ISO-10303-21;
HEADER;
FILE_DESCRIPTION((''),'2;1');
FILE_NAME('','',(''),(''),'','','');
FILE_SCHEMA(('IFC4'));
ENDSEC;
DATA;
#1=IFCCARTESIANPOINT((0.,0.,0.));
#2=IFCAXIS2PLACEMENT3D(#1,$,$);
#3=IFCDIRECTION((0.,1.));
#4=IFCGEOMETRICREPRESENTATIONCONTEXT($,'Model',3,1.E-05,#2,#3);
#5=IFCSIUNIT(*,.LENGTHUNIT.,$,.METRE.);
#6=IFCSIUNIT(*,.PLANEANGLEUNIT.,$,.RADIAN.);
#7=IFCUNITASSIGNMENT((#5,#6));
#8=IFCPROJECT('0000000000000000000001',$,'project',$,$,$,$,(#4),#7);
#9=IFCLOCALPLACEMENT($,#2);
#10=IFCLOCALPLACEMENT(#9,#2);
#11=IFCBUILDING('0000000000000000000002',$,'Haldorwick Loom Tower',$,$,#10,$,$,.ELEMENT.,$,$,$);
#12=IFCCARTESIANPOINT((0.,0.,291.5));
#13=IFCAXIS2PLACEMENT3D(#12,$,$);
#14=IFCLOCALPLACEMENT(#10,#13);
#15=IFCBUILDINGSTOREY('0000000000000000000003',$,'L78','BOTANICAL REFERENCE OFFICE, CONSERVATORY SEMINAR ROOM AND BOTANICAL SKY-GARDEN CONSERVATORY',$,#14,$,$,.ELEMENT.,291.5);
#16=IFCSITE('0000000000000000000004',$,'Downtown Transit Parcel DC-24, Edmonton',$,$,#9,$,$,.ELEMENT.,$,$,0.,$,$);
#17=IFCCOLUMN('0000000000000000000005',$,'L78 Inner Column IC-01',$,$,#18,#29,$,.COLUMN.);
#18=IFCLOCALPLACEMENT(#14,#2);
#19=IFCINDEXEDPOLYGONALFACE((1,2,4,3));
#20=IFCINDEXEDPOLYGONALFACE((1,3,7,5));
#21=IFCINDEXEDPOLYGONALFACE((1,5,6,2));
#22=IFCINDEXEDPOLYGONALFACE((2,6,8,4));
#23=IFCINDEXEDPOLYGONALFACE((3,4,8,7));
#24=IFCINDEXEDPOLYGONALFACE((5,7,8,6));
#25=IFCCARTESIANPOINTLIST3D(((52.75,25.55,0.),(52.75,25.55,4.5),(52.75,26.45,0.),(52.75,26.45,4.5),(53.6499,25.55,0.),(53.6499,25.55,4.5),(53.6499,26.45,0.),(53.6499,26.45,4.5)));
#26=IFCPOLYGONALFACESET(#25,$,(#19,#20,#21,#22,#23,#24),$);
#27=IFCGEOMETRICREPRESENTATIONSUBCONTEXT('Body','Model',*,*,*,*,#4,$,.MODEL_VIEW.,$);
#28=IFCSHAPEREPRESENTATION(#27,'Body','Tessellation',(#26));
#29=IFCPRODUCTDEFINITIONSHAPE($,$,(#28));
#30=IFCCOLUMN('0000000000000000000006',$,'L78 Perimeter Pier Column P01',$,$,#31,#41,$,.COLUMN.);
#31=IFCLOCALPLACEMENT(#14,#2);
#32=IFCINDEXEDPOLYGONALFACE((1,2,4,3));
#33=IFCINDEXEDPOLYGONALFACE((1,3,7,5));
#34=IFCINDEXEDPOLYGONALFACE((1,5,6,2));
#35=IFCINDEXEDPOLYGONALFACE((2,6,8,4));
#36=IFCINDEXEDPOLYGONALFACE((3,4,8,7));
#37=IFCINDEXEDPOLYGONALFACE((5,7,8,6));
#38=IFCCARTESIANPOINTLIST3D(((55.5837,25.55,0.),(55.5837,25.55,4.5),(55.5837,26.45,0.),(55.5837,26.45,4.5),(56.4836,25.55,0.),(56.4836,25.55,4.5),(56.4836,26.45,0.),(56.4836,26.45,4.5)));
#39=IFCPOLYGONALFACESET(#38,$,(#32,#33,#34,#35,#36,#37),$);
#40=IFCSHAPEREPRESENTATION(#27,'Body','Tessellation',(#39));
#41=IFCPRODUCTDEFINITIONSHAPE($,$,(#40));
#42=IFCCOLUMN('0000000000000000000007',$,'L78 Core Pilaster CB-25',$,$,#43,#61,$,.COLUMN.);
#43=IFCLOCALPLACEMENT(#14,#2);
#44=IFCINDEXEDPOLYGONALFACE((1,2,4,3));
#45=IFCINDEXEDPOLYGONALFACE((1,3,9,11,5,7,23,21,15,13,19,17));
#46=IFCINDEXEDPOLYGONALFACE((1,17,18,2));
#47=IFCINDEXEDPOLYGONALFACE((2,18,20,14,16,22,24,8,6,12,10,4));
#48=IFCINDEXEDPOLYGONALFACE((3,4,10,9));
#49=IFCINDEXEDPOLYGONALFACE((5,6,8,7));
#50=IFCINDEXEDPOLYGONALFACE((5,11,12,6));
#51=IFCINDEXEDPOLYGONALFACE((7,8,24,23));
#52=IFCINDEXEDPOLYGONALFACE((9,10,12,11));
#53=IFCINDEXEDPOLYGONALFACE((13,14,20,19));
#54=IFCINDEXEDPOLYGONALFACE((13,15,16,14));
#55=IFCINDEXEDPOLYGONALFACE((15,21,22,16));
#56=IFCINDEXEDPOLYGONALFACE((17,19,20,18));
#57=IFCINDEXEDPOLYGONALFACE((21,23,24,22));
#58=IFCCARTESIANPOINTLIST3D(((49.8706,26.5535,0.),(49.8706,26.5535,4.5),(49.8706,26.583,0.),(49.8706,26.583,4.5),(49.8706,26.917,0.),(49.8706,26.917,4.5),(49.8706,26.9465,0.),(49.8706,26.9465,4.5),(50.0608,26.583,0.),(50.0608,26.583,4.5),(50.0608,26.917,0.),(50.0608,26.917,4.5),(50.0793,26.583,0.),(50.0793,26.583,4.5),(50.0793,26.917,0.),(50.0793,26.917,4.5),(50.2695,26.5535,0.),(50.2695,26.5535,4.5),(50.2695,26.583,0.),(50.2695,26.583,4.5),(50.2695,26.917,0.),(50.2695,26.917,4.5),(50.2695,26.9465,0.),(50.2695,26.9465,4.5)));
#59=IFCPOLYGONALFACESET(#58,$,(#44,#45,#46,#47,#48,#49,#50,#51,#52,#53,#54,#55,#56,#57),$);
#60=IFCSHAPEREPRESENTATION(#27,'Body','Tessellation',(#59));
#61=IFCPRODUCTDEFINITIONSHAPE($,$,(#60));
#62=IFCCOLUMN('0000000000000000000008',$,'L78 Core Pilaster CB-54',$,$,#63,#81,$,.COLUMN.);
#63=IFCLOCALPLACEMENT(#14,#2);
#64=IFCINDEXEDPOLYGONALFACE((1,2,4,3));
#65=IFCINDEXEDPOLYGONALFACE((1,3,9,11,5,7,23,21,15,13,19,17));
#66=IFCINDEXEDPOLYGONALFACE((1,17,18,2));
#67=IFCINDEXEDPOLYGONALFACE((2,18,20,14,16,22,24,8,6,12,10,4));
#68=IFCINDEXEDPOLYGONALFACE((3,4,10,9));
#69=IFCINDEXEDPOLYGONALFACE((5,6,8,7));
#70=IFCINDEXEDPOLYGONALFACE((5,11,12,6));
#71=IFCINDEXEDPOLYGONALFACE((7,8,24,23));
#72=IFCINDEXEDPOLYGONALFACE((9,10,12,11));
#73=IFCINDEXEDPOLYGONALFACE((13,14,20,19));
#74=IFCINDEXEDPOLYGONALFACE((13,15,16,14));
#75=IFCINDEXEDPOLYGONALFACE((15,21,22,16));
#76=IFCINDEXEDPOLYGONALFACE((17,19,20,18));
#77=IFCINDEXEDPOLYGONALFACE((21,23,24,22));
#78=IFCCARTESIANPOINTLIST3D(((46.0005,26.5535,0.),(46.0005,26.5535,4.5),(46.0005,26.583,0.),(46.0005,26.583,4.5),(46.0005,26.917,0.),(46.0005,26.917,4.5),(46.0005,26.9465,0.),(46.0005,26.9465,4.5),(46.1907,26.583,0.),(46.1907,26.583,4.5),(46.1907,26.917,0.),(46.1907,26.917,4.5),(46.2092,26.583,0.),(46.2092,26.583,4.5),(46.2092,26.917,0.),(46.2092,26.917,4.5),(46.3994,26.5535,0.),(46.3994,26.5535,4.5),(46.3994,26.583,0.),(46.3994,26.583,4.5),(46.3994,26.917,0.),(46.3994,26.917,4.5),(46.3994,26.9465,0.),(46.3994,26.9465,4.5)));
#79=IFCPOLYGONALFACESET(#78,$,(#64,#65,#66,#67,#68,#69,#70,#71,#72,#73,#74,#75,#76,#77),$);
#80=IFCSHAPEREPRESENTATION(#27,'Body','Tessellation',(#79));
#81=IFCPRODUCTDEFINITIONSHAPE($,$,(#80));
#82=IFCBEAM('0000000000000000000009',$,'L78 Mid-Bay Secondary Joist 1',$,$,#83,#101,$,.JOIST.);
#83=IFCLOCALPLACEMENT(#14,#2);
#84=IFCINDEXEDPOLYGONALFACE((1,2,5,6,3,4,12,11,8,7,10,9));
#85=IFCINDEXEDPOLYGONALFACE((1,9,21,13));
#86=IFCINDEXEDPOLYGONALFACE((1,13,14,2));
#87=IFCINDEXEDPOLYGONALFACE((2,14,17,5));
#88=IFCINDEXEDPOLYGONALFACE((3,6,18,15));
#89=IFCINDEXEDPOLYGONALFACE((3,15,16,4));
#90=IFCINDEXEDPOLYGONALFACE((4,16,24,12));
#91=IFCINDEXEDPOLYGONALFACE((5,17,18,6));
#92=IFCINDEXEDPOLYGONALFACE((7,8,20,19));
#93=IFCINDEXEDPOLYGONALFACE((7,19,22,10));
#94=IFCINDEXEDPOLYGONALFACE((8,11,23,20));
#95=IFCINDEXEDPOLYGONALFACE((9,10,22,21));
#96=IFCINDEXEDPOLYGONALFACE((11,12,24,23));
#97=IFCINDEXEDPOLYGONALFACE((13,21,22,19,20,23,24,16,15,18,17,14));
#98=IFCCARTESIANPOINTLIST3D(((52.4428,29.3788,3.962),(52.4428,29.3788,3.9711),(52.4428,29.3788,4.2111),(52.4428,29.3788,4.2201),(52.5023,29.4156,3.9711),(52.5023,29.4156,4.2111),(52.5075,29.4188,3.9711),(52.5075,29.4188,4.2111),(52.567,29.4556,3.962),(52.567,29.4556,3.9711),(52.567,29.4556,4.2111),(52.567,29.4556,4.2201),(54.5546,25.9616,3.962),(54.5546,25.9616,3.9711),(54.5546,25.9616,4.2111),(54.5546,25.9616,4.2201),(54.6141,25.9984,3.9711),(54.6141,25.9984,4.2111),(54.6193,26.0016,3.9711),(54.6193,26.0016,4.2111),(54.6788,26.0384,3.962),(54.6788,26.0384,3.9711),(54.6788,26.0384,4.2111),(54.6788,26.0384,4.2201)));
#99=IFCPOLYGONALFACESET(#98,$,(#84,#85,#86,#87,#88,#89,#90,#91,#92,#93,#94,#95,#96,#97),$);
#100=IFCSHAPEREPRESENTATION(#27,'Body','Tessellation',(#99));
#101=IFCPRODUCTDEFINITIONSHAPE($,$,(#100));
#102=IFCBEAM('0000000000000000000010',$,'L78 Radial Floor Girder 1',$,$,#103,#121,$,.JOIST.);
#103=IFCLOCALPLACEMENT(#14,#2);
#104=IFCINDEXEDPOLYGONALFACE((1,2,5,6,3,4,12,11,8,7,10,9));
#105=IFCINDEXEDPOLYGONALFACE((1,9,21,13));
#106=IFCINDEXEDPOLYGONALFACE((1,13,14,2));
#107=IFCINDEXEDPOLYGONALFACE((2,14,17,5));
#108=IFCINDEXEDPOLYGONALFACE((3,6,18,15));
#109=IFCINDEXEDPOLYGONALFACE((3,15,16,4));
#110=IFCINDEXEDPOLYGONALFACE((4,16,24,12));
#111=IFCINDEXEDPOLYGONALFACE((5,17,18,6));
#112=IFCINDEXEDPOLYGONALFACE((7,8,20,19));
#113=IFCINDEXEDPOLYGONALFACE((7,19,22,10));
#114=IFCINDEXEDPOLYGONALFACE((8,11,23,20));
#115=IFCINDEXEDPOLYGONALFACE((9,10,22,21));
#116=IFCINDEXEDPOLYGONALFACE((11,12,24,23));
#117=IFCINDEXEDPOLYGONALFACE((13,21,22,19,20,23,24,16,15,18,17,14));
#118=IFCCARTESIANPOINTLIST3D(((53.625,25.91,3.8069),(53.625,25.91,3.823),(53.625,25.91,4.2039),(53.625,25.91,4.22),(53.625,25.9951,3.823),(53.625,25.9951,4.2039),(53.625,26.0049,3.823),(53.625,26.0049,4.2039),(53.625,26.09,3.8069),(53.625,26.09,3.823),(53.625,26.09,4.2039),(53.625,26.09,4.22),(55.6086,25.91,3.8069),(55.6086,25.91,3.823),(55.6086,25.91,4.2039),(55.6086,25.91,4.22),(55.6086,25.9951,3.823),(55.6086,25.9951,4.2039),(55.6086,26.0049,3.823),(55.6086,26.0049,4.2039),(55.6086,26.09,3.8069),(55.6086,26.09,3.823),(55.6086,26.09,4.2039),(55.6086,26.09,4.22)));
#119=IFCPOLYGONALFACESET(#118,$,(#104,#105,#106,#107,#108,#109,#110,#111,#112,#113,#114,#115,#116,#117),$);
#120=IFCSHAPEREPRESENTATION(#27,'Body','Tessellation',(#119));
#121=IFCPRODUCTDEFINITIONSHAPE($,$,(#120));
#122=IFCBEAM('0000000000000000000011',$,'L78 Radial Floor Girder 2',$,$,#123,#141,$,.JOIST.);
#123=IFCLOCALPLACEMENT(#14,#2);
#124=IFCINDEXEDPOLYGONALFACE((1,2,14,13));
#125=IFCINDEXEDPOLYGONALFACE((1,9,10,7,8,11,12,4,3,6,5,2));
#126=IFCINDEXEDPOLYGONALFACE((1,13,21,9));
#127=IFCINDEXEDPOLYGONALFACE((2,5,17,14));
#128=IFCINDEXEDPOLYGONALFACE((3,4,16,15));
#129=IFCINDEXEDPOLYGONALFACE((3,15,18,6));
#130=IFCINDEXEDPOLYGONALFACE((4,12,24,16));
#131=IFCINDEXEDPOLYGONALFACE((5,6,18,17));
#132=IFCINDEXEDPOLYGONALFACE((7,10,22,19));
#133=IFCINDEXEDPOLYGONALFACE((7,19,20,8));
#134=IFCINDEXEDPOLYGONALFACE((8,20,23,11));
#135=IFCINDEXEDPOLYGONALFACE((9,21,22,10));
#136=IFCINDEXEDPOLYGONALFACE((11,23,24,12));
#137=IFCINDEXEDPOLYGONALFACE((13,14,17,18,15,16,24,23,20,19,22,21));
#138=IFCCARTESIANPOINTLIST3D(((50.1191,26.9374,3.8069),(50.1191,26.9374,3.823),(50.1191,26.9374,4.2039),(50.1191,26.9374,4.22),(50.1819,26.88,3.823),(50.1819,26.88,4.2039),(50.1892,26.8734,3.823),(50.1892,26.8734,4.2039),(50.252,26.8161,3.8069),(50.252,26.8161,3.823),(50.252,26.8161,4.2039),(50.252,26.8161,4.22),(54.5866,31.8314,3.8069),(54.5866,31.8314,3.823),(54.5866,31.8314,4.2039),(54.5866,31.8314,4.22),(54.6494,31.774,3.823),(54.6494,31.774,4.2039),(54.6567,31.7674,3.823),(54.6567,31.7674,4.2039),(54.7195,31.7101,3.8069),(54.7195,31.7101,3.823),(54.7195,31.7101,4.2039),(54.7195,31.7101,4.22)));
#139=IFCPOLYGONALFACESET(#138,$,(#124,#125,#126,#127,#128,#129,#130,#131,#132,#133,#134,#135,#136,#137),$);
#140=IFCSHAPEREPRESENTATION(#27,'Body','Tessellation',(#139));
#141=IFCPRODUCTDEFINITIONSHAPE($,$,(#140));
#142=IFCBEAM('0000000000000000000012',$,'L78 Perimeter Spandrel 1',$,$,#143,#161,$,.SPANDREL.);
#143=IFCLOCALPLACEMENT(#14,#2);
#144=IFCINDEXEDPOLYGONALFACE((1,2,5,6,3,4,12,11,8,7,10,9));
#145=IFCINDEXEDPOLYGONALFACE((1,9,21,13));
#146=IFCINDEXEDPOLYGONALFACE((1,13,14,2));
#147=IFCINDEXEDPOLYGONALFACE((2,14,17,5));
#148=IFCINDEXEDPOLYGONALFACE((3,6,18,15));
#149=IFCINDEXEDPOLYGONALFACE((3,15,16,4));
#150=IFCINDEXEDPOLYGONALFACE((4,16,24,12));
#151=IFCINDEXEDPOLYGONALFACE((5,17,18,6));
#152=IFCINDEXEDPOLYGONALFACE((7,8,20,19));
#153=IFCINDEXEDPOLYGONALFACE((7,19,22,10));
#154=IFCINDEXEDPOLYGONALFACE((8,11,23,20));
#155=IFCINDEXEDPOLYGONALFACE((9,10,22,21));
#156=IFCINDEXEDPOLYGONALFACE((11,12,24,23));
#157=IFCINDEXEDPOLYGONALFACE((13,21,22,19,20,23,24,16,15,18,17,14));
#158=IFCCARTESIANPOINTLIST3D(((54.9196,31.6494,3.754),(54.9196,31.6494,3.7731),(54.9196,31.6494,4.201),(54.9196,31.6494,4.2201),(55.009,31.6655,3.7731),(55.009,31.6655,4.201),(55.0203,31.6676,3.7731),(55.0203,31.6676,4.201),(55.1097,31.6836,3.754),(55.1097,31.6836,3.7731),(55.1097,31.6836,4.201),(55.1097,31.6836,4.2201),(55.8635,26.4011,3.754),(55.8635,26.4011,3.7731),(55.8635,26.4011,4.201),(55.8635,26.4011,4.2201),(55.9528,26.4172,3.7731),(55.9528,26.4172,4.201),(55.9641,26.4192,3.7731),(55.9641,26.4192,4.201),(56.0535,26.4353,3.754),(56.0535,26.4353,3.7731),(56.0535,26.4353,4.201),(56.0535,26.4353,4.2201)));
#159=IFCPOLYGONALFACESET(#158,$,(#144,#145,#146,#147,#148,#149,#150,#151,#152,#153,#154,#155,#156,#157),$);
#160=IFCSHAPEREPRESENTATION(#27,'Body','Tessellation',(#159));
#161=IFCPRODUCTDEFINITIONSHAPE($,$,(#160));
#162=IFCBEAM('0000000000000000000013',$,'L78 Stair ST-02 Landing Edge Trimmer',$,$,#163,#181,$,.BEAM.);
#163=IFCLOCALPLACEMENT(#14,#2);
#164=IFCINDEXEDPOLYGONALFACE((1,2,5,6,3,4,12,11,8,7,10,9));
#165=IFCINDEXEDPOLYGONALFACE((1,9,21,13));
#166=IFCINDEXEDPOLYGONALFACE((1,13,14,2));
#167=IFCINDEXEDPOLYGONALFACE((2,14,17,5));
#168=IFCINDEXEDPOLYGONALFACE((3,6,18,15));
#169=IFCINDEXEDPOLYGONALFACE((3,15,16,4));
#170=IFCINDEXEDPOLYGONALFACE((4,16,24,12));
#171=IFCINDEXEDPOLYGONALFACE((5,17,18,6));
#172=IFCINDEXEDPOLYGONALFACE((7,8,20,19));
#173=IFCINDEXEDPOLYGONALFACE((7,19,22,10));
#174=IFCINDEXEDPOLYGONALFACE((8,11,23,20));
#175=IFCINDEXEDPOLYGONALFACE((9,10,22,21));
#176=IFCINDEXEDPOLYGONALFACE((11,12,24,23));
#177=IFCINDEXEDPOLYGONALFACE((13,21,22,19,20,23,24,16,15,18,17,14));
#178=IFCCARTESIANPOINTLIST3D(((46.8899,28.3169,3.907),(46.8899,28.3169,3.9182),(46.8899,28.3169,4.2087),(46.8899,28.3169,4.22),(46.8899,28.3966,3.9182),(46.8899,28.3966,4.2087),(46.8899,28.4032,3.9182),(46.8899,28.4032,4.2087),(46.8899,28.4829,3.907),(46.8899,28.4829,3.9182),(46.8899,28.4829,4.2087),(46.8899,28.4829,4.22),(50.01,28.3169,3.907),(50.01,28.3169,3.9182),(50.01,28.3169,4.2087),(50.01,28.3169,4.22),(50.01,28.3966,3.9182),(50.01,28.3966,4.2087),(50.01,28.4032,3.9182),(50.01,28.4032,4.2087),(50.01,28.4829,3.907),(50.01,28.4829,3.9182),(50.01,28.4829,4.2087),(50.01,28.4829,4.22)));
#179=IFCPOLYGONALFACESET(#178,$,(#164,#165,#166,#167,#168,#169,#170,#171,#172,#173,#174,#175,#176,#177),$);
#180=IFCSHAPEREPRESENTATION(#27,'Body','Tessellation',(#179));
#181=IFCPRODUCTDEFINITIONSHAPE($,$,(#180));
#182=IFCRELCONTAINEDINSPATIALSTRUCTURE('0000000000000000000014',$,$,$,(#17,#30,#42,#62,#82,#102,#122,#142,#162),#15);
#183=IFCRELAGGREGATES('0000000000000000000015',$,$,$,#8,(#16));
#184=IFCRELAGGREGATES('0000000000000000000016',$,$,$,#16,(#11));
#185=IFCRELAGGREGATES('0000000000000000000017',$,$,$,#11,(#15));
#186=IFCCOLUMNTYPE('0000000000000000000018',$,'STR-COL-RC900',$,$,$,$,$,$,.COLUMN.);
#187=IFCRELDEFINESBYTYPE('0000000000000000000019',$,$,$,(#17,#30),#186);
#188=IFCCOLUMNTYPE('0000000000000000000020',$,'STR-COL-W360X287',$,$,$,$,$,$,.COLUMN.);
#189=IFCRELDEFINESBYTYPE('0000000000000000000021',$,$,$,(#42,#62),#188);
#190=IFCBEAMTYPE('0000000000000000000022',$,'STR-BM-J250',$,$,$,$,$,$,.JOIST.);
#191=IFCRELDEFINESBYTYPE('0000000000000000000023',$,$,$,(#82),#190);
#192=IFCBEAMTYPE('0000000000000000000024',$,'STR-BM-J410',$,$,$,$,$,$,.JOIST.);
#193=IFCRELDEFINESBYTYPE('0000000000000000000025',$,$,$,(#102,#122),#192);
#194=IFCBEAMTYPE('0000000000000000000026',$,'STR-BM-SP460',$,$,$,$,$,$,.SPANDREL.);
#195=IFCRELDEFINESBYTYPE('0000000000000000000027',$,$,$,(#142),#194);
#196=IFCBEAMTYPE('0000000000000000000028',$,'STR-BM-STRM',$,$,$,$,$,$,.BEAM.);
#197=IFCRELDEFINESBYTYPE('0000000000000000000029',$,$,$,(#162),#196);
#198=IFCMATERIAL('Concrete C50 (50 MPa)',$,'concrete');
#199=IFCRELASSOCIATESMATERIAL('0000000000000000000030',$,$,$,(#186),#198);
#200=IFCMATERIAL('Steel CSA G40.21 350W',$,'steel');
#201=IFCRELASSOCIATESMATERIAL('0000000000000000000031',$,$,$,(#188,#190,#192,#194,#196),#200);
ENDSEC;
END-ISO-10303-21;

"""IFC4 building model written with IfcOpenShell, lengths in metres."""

from ifc_helpers import new_model, si_unit, direction, frame, origin, origin_2d, place, context, subcontext, project, spatial, rectangle, i_section, extrude, material, material_profile, profile_set, type_object, element, save


model = new_model("IFC4")

# Units and contexts
model_context = context("Model", 3, precision=1e-05, world=origin(), true_north=direction((0.0, 1.0)))
body_context = subcontext(model_context, "Body", "Model", "MODEL_VIEW")
ifc_project = project(units=[si_unit("LENGTHUNIT", "METRE"), si_unit("PLANEANGLEUNIT", "RADIAN")], contexts=[model_context])

# Site, building, storey
site_placement = place(None, origin())
site = spatial("IfcSite", under=ifc_project, at=site_placement, Name="Downtown Transit Parcel DC-24, Edmonton", CompositionType="ELEMENT", RefElevation=0.0)
building_placement = place(site_placement, origin())
building = spatial("IfcBuilding", under=site, at=building_placement, Name="Haldorwick Loom Tower", CompositionType="ELEMENT")
storey_placement = place(building_placement, frame((0.0, 0.0, 291.5)))
storey = spatial("IfcBuildingStorey", under=building, at=storey_placement, Name="L78", Description="BOTANICAL REFERENCE OFFICE, CONSERVATORY SEMINAR ROOM AND BOTANICAL SKY-GARDEN CONSERVATORY", CompositionType="ELEMENT", Elevation=291.5)

# Columns
ifc_material_1 = material(Name="Concrete C50 (50 MPa)", Category="concrete")
ifc_material_profile_1 = material_profile(ifc_material_1, rectangle(XDim=0.8999, YDim=0.8999, at=origin_2d()), Name="RC900X900", Category="concrete")
ifc_profile_set_1 = profile_set([ifc_material_profile_1], Name="Concrete C50 (50 MPa)")
column_type_1 = type_object("IfcColumnType", Name="STR-COL-RC900", PredefinedType="COLUMN", material=ifc_profile_set_1)
for number, where, z_axis, x_axis, name in (
    (1, (53.2, 26.0, 0.0), (0.0, 0.0, 1.0), (1.0, 0.0, 0.0), "L78 Inner Column IC-01"),
    (2, (56.0337, 26.0, 0.0), (0.0, 0.0, 1.0), (1.0, 0.0, 0.0), "L78 Perimeter Pier Column P01"),
):
    element("IfcColumn", number, at=place(storey_placement, frame(where, z_axis=z_axis, x_axis=x_axis)), inside=storey, type_object=column_type_1, Name=name, PredefinedType="COLUMN", context=body_context, shape_type="SweptSolid", body=[
        extrude(rectangle(XDim=0.8999, YDim=0.8999, at=origin_2d()), origin(), (0.0, 0.0, 1.0), 4.5),
    ])
ifc_material_2 = material(Name="Steel CSA G40.21 350W", Category="steel")
ifc_material_profile_2 = material_profile(ifc_material_2, i_section(OverallWidth=0.3989, OverallDepth=0.3931, WebThickness=0.0186, FlangeThickness=0.0295, at=origin_2d()), Name="W360X287", Category="steel")
ifc_profile_set_2 = profile_set([ifc_material_profile_2], Name="Steel CSA G40.21 350W")
column_type_2 = type_object("IfcColumnType", Name="STR-COL-W360X287", PredefinedType="COLUMN", material=ifc_profile_set_2)
for number, where, z_axis, x_axis, name in (
    (3, (50.0701, 26.75, 0.0), (0.0, 0.0, 1.0), (1.0, 0.0, 0.0), "L78 Core Pilaster CB-25"),
    (4, (46.2, 26.75, 0.0), (0.0, 0.0, 1.0), (1.0, 0.0, 0.0), "L78 Core Pilaster CB-54"),
):
    element("IfcColumn", number, at=place(storey_placement, frame(where, z_axis=z_axis, x_axis=x_axis)), inside=storey, type_object=column_type_2, Name=name, PredefinedType="COLUMN", context=body_context, shape_type="SweptSolid", body=[
        extrude(i_section(OverallWidth=0.3989, OverallDepth=0.3931, WebThickness=0.0186, FlangeThickness=0.0295, at=origin_2d()), origin(), (0.0, 0.0, 1.0), 4.5),
    ])

# Beams
ifc_material_profile_3 = material_profile(ifc_material_2, i_section(OverallWidth=0.146, OverallDepth=0.2581, WebThickness=0.0061, FlangeThickness=0.009, at=origin_2d()), Name="W250X33", Category="steel")
ifc_profile_set_3 = profile_set([ifc_material_profile_3], Name="Steel CSA G40.21 350W")
beam_type_1 = type_object("IfcBeamType", Name="STR-BM-J250", PredefinedType="JOIST", material=ifc_profile_set_3)
beam_1_placement = place(storey_placement, frame((54.6167, 26.0, 4.0911), z_axis=(-0.525704, 0.850668, 0.0), x_axis=(-0.850668, -0.525704, 0.0)))
element("IfcBeam", 5, at=beam_1_placement, inside=storey, type_object=beam_type_1, Name="L78 Mid-Bay Secondary Joist 1", PredefinedType="JOIST", context=body_context, shape_type="SweptSolid", body=[
    extrude(i_section(OverallWidth=0.146, OverallDepth=0.2581, WebThickness=0.0061, FlangeThickness=0.009, at=origin_2d()), origin(), (0.0, 0.0, 1.0), 4.0171),
])
ifc_material_profile_4 = material_profile(ifc_material_2, i_section(OverallWidth=0.1799, OverallDepth=0.4131, WebThickness=0.0098, FlangeThickness=0.0161, at=origin_2d()), Name="W410X74", Category="steel")
ifc_profile_set_4 = profile_set([ifc_material_profile_4], Name="Steel CSA G40.21 350W")
beam_type_2 = type_object("IfcBeamType", Name="STR-BM-J410", PredefinedType="JOIST", material=ifc_profile_set_4)
beam_2_placement = place(storey_placement, frame((53.625, 26.0, 4.0134), z_axis=(1.0, 0.0, 0.0), x_axis=(0.0, 1.0, 0.0)))
element("IfcBeam", 6, at=beam_2_placement, inside=storey, type_object=beam_type_2, Name="L78 Radial Floor Girder 1", PredefinedType="JOIST", context=body_context, shape_type="SweptSolid", body=[
    extrude(i_section(OverallWidth=0.1799, OverallDepth=0.4131, WebThickness=0.0098, FlangeThickness=0.0161, at=origin_2d()), origin(), (0.0, 0.0, 1.0), 1.9836),
])
beam_3_placement = place(storey_placement, frame((50.1855, 26.8767, 4.0134), z_axis=(0.674192, 0.738556, 0.0), x_axis=(-0.738556, 0.674192, 0.0)))
element("IfcBeam", 7, at=beam_3_placement, inside=storey, type_object=beam_type_2, Name="L78 Radial Floor Girder 2", PredefinedType="JOIST", context=body_context, shape_type="SweptSolid", body=[
    extrude(i_section(OverallWidth=0.1799, OverallDepth=0.4131, WebThickness=0.0098, FlangeThickness=0.0161, at=origin_2d()), origin(), (0.0, 0.0, 1.0), 6.6265),
])
ifc_material_profile_5 = material_profile(ifc_material_2, i_section(OverallWidth=0.1931, OverallDepth=0.4661, WebThickness=0.0115, FlangeThickness=0.019, at=origin_2d()), Name="W460X97", Category="steel")
ifc_profile_set_5 = profile_set([ifc_material_profile_5], Name="Steel CSA G40.21 350W")
beam_type_3 = type_object("IfcBeamType", Name="STR-BM-SP460", PredefinedType="SPANDREL", material=ifc_profile_set_5)
beam_4_placement = place(storey_placement, frame((55.9585, 26.4182, 3.9871), z_axis=(-0.177, 0.984211, 0.0), x_axis=(-0.984211, -0.177, 0.0)))
element("IfcBeam", 8, at=beam_4_placement, inside=storey, type_object=beam_type_3, Name="L78 Perimeter Spandrel 1", PredefinedType="SPANDREL", context=body_context, shape_type="SweptSolid", body=[
    extrude(i_section(OverallWidth=0.1931, OverallDepth=0.4661, WebThickness=0.0115, FlangeThickness=0.019, at=origin_2d()), origin(), (0.0, 0.0, 1.0), 5.3325),
])
ifc_material_profile_6 = material_profile(ifc_material_2, i_section(OverallWidth=0.166, OverallDepth=0.313, WebThickness=0.0066, FlangeThickness=0.0112, at=origin_2d()), Name="W310X45", Category="steel")
ifc_profile_set_6 = profile_set([ifc_material_profile_6], Name="Steel CSA G40.21 350W")
beam_type_4 = type_object("IfcBeamType", Name="STR-BM-STRM", PredefinedType="BEAM", material=ifc_profile_set_6)
beam_5_placement = place(storey_placement, frame((46.8899, 28.3999, 4.0635), z_axis=(1.0, 0.0, 0.0), x_axis=(0.0, 1.0, 0.0)))
element("IfcBeam", 9, at=beam_5_placement, inside=storey, type_object=beam_type_4, Name="L78 Stair ST-02 Landing Edge Trimmer", PredefinedType="BEAM", context=body_context, shape_type="SweptSolid", body=[
    extrude(i_section(OverallWidth=0.166, OverallDepth=0.313, WebThickness=0.0066, FlangeThickness=0.0112, at=origin_2d()), origin(), (0.0, 0.0, 1.0), 3.1201),
])

save(model, "model.ifc")
